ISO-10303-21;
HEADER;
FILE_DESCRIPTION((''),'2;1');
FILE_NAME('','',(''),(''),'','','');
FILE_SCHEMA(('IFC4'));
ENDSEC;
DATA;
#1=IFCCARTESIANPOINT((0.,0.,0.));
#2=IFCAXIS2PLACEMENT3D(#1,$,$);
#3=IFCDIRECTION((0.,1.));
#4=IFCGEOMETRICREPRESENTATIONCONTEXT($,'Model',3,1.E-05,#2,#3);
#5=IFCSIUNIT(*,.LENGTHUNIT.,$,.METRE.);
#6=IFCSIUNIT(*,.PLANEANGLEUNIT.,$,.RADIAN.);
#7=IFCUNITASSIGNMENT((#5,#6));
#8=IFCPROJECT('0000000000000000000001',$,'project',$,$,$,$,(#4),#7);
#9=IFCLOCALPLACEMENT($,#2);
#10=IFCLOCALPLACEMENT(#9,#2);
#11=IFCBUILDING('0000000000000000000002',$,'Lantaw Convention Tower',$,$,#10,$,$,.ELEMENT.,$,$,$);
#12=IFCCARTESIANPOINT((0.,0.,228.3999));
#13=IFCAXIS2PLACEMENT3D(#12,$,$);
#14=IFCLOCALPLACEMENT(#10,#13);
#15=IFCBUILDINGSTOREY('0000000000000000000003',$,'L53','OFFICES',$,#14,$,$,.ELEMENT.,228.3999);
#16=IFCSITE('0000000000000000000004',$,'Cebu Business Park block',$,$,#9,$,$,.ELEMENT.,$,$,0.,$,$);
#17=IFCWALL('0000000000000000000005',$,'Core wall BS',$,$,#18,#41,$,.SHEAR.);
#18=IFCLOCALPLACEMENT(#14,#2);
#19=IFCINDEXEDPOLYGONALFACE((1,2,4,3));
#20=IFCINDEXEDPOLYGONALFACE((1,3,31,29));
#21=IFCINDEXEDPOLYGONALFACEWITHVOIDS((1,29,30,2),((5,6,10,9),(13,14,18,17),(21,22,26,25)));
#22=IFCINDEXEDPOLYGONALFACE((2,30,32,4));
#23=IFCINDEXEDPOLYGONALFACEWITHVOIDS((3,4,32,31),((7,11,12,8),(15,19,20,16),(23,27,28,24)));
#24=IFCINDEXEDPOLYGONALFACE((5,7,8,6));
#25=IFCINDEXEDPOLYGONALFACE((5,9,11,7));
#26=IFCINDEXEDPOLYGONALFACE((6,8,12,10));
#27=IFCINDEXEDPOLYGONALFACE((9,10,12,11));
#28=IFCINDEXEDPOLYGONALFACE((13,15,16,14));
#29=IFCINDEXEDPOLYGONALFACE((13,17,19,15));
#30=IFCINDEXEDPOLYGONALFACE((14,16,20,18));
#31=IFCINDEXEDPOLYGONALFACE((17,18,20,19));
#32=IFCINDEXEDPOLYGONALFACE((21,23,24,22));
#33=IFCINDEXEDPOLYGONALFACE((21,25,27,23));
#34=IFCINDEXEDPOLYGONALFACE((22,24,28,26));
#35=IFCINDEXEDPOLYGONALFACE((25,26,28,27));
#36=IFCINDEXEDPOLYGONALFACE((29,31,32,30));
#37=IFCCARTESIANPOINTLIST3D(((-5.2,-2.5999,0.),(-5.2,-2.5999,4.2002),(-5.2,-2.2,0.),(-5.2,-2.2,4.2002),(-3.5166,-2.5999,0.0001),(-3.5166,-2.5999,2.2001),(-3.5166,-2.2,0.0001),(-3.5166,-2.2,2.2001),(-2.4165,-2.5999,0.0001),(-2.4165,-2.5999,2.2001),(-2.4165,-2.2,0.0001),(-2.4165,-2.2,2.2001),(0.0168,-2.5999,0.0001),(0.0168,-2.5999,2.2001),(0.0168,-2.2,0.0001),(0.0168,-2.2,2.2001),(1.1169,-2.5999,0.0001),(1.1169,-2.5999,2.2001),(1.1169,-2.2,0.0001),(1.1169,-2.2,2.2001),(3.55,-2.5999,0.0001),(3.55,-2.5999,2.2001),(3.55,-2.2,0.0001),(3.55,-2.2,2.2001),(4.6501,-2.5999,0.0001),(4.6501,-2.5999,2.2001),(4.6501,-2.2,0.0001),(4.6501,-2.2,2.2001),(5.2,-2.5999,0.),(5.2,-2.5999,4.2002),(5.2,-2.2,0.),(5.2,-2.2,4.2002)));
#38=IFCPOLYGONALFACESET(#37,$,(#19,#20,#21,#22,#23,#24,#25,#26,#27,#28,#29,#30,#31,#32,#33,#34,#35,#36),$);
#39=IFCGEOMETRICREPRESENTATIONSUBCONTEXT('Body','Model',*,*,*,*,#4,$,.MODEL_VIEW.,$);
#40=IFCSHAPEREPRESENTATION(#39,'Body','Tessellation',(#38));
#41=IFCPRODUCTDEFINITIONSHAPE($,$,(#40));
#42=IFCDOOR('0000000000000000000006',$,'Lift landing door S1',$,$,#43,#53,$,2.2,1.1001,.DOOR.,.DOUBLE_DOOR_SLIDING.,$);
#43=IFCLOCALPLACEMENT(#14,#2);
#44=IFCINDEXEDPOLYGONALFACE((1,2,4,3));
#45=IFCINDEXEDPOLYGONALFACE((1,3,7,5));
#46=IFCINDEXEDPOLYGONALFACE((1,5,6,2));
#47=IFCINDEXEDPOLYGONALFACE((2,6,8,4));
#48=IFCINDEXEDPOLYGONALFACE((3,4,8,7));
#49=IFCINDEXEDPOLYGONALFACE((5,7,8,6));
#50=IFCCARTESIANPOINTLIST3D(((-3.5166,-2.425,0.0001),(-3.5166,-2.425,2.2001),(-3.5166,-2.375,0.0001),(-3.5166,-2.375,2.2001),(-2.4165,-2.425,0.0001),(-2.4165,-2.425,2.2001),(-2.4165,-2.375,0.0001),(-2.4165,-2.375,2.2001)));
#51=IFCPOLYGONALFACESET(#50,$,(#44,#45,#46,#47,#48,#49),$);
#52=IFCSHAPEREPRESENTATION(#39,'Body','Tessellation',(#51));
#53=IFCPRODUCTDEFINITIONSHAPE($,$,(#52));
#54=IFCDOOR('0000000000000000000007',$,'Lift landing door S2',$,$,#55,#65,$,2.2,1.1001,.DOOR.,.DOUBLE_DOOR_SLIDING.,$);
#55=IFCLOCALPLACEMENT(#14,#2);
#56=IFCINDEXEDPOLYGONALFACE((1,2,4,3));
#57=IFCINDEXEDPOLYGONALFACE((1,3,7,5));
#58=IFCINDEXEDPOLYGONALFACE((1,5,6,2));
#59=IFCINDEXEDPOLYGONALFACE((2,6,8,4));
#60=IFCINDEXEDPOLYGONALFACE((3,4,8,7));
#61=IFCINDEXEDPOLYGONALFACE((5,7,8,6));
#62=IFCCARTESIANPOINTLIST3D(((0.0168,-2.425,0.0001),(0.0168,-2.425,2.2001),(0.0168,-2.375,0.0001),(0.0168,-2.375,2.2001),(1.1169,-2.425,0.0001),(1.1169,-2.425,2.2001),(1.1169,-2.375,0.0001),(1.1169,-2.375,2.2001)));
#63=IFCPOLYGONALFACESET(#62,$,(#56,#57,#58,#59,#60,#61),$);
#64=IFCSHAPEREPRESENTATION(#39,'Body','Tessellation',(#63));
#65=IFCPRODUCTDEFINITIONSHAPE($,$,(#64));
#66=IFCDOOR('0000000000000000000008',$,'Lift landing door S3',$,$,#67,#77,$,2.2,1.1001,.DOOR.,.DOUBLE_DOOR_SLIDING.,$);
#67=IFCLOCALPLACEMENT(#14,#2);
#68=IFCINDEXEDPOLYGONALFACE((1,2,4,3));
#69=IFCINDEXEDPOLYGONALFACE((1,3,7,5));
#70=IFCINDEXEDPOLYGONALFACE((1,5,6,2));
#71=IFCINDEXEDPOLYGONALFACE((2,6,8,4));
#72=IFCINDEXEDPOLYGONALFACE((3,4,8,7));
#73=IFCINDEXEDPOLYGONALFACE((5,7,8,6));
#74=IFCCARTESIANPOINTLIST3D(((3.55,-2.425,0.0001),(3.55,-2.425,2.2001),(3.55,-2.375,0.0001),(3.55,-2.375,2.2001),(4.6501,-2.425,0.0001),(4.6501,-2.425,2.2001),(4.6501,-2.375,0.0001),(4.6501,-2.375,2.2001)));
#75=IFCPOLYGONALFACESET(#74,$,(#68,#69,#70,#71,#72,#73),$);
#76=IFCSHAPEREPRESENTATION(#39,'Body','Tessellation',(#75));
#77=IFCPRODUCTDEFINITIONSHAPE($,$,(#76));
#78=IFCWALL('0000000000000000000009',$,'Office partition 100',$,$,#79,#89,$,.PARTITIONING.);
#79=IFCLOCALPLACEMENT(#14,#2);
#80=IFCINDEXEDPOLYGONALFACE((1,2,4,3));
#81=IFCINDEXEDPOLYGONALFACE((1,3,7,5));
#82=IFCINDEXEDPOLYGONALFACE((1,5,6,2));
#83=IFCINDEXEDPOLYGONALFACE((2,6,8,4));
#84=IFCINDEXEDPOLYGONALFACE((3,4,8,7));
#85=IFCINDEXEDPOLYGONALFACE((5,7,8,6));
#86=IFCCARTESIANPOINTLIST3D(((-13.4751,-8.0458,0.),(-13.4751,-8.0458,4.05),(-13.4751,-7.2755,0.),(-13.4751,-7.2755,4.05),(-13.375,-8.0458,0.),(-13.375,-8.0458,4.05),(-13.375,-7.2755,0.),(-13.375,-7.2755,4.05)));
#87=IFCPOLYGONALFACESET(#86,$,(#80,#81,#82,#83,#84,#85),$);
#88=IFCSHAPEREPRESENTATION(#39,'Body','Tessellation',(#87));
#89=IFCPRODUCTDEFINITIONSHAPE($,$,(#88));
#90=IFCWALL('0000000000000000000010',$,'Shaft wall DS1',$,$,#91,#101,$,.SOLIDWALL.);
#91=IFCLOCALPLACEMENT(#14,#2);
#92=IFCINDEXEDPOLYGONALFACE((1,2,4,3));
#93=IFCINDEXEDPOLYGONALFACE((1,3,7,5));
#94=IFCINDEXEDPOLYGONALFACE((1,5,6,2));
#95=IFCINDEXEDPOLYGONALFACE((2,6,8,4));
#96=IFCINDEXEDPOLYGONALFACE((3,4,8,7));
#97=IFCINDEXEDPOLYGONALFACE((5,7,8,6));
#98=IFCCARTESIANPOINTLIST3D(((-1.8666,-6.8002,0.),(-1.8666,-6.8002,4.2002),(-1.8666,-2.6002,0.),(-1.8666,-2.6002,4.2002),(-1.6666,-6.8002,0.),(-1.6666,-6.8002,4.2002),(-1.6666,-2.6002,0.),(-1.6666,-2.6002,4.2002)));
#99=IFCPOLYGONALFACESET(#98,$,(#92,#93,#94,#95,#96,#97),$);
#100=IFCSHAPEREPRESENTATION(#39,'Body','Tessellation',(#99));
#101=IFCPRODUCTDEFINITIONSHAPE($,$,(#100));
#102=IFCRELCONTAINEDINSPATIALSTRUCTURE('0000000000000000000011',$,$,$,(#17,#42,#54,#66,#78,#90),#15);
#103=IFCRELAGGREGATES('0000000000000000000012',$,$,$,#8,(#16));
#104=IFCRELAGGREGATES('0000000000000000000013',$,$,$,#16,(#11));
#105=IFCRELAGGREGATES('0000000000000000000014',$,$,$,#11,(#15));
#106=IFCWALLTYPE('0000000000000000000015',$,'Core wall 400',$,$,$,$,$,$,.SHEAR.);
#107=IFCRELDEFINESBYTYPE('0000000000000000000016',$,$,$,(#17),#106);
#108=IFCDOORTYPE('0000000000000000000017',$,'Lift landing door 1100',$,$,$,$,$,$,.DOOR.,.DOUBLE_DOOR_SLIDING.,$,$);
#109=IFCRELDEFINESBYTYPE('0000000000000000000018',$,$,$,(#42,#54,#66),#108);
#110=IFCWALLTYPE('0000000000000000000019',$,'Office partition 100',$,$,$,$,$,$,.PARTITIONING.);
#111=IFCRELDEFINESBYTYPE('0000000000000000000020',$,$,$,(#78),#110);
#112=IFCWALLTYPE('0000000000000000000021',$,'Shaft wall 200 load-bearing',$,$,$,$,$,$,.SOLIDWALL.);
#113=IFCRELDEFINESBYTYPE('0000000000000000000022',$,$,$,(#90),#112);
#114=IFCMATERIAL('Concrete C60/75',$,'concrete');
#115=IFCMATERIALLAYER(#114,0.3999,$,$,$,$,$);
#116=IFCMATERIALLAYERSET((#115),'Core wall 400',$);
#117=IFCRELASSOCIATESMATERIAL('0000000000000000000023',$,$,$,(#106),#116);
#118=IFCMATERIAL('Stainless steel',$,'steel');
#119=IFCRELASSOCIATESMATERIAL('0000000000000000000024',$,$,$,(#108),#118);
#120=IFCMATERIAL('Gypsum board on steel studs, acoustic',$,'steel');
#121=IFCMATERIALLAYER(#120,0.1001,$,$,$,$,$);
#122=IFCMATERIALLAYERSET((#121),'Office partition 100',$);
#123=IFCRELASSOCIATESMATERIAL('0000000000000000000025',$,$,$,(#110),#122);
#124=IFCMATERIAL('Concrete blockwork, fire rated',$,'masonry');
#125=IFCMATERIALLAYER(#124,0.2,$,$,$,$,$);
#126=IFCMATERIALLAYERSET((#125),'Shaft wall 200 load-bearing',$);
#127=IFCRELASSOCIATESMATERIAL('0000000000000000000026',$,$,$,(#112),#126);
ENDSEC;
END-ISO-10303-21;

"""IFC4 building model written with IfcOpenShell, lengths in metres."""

from ifc_helpers import new_model, si_unit, direction, frame, frame_2d, origin, place, context, subcontext, project, spatial, rectangle, extrude, material, layer, layer_set, type_object, element, fill, save


model = new_model("IFC4")

# Units and contexts
model_context = context("Model", 3, precision=1e-05, world=origin(), true_north=direction((0.0, 1.0)))
body_context = subcontext(model_context, "Body", "Model", "MODEL_VIEW")
ifc_project = project(units=[si_unit("LENGTHUNIT", "METRE"), si_unit("PLANEANGLEUNIT", "RADIAN")], contexts=[model_context])

# Site, building, storey
site_placement = place(None, origin())
site = spatial("IfcSite", under=ifc_project, at=site_placement, Name="Cebu Business Park block", CompositionType="ELEMENT", RefElevation=0.0)
building_placement = place(site_placement, origin())
building = spatial("IfcBuilding", under=site, at=building_placement, Name="Lantaw Convention Tower", CompositionType="ELEMENT")
storey_placement = place(building_placement, frame((0.0, 0.0, 228.3999)))
storey = spatial("IfcBuildingStorey", under=building, at=storey_placement, Name="L53", Description="OFFICES", CompositionType="ELEMENT", Elevation=228.3999)

# Shared definitions
ifc_material_1 = material(Name="Concrete C60/75", Category="concrete")

# Wall, openings, doors
ifc_layer_1 = layer(ifc_material_1, 0.3999)
ifc_layer_set_1 = layer_set([ifc_layer_1], Name="Core wall 400")
wall_type_1 = type_object("IfcWallType", Name="Core wall 400", PredefinedType="SHEAR", material=ifc_layer_set_1)
wall_1_placement = place(storey_placement, frame((-5.2, -2.3999, 0.0), z_axis=(0.0, 0.0, 1.0), x_axis=(1.0, 0.0, 0.0)))
wall_1 = element("IfcWall", 1, at=wall_1_placement, inside=storey, type_object=wall_type_1, Name="Core wall BS", PredefinedType="SHEAR", context=body_context, shape_type="SweptSolid", body=[
    extrude(rectangle(XDim=10.3999, YDim=0.3999, at=frame_2d((5.2, 0.0))), origin(), (0.0, 0.0, 1.0), 4.2002),
])
opening_1_placement = place(wall_1_placement, frame((1.6833, 0.0, 0.0)))
opening_1 = element("IfcOpeningElement", 2, at=opening_1_placement, cuts=wall_1, PredefinedType="OPENING", context=body_context, shape_type="SweptSolid", body=[
    extrude(rectangle(XDim=1.1001, YDim=2.2, at=frame_2d((0.55, 1.1001))), frame((0.0, 0.21, 0.0), z_axis=(0.0, -1.0, 0.0), x_axis=(1.0, 0.0, 0.0)), (0.0, 0.0, 1.0), 0.4199),
])
opening_2_placement = place(wall_1_placement, frame((5.2168, 0.0, 0.0)))
opening_2 = element("IfcOpeningElement", 3, at=opening_2_placement, cuts=wall_1, PredefinedType="OPENING", context=body_context, shape_type="SweptSolid", body=[
    extrude(rectangle(XDim=1.1001, YDim=2.2, at=frame_2d((0.55, 1.1001))), frame((0.0, 0.21, 0.0), z_axis=(0.0, -1.0, 0.0), x_axis=(1.0, 0.0, 0.0)), (0.0, 0.0, 1.0), 0.4199),
])
opening_3_placement = place(wall_1_placement, frame((8.75, 0.0, 0.0)))
opening_3 = element("IfcOpeningElement", 4, at=opening_3_placement, cuts=wall_1, PredefinedType="OPENING", context=body_context, shape_type="SweptSolid", body=[
    extrude(rectangle(XDim=1.1001, YDim=2.2, at=frame_2d((0.55, 1.1001))), frame((0.0, 0.21, 0.0), z_axis=(0.0, -1.0, 0.0), x_axis=(1.0, 0.0, 0.0)), (0.0, 0.0, 1.0), 0.4199),
])
ifc_material_2 = material(Name="Stainless steel", Category="steel")
door_type_1 = type_object("IfcDoorType", Name="Lift landing door 1100", OperationType="DOUBLE_DOOR_SLIDING", PredefinedType="DOOR", material=ifc_material_2)
door_1_placement = place(opening_1_placement, origin())
door_1 = element("IfcDoor", 5, at=door_1_placement, inside=storey, type_object=door_type_1, Name="Lift landing door S1", OperationType="DOUBLE_DOOR_SLIDING", OverallHeight=2.2, OverallWidth=1.1001, PredefinedType="DOOR", context=body_context, shape_type="SweptSolid", body=[
    extrude(rectangle(XDim=1.1001, YDim=2.2, at=frame_2d((0.55, 1.1001))), frame((0.0, 0.0249, 0.0), z_axis=(0.0, -1.0, 0.0), x_axis=(1.0, 0.0, 0.0)), (0.0, 0.0, 1.0), 0.05),
])
fill(opening_1, door_1)
door_2_placement = place(opening_2_placement, origin())
door_2 = element("IfcDoor", 6, at=door_2_placement, inside=storey, type_object=door_type_1, Name="Lift landing door S2", OperationType="DOUBLE_DOOR_SLIDING", OverallHeight=2.2, OverallWidth=1.1001, PredefinedType="DOOR", context=body_context, shape_type="SweptSolid", body=[
    extrude(rectangle(XDim=1.1001, YDim=2.2, at=frame_2d((0.55, 1.1001))), frame((0.0, 0.0249, 0.0), z_axis=(0.0, -1.0, 0.0), x_axis=(1.0, 0.0, 0.0)), (0.0, 0.0, 1.0), 0.05),
])
fill(opening_2, door_2)
door_3_placement = place(opening_3_placement, origin())
door_3 = element("IfcDoor", 7, at=door_3_placement, inside=storey, type_object=door_type_1, Name="Lift landing door S3", OperationType="DOUBLE_DOOR_SLIDING", OverallHeight=2.2, OverallWidth=1.1001, PredefinedType="DOOR", context=body_context, shape_type="SweptSolid", body=[
    extrude(rectangle(XDim=1.1001, YDim=2.2, at=frame_2d((0.55, 1.1001))), frame((0.0, 0.0249, 0.0), z_axis=(0.0, -1.0, 0.0), x_axis=(1.0, 0.0, 0.0)), (0.0, 0.0, 1.0), 0.05),
])
fill(opening_3, door_3)

# Walls
ifc_material_3 = material(Name="Gypsum board on steel studs, acoustic", Category="steel")
ifc_layer_2 = layer(ifc_material_3, 0.1001)
ifc_layer_set_2 = layer_set([ifc_layer_2], Name="Office partition 100")
wall_type_2 = type_object("IfcWallType", Name="Office partition 100", PredefinedType="PARTITIONING", material=ifc_layer_set_2)
wall_2_placement = place(storey_placement, frame((-13.425, -7.2754, 0.0), z_axis=(0.0, 0.0, 1.0), x_axis=(0.0, -1.0, 0.0)))
element("IfcWall", 8, at=wall_2_placement, inside=storey, type_object=wall_type_2, Name="Office partition 100", PredefinedType="PARTITIONING", context=body_context, shape_type="SweptSolid", body=[
    extrude(rectangle(XDim=0.7703, YDim=0.1001, at=frame_2d((0.3853, 0.0))), origin(), (0.0, 0.0, 1.0), 4.05),
])
ifc_material_4 = material(Name="Concrete blockwork, fire rated", Category="masonry")
ifc_layer_3 = layer(ifc_material_4, 0.2)
ifc_layer_set_3 = layer_set([ifc_layer_3], Name="Shaft wall 200 load-bearing")
wall_type_3 = type_object("IfcWallType", Name="Shaft wall 200 load-bearing", PredefinedType="SOLIDWALL", material=ifc_layer_set_3)
wall_3_placement = place(storey_placement, frame((-1.7666, -2.6001, 0.0), z_axis=(0.0, 0.0, 1.0), x_axis=(0.0, -1.0, 0.0)))
element("IfcWall", 9, at=wall_3_placement, inside=storey, type_object=wall_type_3, Name="Shaft wall DS1", PredefinedType="SOLIDWALL", context=body_context, shape_type="SweptSolid", body=[
    extrude(rectangle(XDim=4.2, YDim=0.2, at=frame_2d((2.1001, 0.0))), origin(), (0.0, 0.0, 1.0), 4.2002),
])

save(model, "model.ifc")
